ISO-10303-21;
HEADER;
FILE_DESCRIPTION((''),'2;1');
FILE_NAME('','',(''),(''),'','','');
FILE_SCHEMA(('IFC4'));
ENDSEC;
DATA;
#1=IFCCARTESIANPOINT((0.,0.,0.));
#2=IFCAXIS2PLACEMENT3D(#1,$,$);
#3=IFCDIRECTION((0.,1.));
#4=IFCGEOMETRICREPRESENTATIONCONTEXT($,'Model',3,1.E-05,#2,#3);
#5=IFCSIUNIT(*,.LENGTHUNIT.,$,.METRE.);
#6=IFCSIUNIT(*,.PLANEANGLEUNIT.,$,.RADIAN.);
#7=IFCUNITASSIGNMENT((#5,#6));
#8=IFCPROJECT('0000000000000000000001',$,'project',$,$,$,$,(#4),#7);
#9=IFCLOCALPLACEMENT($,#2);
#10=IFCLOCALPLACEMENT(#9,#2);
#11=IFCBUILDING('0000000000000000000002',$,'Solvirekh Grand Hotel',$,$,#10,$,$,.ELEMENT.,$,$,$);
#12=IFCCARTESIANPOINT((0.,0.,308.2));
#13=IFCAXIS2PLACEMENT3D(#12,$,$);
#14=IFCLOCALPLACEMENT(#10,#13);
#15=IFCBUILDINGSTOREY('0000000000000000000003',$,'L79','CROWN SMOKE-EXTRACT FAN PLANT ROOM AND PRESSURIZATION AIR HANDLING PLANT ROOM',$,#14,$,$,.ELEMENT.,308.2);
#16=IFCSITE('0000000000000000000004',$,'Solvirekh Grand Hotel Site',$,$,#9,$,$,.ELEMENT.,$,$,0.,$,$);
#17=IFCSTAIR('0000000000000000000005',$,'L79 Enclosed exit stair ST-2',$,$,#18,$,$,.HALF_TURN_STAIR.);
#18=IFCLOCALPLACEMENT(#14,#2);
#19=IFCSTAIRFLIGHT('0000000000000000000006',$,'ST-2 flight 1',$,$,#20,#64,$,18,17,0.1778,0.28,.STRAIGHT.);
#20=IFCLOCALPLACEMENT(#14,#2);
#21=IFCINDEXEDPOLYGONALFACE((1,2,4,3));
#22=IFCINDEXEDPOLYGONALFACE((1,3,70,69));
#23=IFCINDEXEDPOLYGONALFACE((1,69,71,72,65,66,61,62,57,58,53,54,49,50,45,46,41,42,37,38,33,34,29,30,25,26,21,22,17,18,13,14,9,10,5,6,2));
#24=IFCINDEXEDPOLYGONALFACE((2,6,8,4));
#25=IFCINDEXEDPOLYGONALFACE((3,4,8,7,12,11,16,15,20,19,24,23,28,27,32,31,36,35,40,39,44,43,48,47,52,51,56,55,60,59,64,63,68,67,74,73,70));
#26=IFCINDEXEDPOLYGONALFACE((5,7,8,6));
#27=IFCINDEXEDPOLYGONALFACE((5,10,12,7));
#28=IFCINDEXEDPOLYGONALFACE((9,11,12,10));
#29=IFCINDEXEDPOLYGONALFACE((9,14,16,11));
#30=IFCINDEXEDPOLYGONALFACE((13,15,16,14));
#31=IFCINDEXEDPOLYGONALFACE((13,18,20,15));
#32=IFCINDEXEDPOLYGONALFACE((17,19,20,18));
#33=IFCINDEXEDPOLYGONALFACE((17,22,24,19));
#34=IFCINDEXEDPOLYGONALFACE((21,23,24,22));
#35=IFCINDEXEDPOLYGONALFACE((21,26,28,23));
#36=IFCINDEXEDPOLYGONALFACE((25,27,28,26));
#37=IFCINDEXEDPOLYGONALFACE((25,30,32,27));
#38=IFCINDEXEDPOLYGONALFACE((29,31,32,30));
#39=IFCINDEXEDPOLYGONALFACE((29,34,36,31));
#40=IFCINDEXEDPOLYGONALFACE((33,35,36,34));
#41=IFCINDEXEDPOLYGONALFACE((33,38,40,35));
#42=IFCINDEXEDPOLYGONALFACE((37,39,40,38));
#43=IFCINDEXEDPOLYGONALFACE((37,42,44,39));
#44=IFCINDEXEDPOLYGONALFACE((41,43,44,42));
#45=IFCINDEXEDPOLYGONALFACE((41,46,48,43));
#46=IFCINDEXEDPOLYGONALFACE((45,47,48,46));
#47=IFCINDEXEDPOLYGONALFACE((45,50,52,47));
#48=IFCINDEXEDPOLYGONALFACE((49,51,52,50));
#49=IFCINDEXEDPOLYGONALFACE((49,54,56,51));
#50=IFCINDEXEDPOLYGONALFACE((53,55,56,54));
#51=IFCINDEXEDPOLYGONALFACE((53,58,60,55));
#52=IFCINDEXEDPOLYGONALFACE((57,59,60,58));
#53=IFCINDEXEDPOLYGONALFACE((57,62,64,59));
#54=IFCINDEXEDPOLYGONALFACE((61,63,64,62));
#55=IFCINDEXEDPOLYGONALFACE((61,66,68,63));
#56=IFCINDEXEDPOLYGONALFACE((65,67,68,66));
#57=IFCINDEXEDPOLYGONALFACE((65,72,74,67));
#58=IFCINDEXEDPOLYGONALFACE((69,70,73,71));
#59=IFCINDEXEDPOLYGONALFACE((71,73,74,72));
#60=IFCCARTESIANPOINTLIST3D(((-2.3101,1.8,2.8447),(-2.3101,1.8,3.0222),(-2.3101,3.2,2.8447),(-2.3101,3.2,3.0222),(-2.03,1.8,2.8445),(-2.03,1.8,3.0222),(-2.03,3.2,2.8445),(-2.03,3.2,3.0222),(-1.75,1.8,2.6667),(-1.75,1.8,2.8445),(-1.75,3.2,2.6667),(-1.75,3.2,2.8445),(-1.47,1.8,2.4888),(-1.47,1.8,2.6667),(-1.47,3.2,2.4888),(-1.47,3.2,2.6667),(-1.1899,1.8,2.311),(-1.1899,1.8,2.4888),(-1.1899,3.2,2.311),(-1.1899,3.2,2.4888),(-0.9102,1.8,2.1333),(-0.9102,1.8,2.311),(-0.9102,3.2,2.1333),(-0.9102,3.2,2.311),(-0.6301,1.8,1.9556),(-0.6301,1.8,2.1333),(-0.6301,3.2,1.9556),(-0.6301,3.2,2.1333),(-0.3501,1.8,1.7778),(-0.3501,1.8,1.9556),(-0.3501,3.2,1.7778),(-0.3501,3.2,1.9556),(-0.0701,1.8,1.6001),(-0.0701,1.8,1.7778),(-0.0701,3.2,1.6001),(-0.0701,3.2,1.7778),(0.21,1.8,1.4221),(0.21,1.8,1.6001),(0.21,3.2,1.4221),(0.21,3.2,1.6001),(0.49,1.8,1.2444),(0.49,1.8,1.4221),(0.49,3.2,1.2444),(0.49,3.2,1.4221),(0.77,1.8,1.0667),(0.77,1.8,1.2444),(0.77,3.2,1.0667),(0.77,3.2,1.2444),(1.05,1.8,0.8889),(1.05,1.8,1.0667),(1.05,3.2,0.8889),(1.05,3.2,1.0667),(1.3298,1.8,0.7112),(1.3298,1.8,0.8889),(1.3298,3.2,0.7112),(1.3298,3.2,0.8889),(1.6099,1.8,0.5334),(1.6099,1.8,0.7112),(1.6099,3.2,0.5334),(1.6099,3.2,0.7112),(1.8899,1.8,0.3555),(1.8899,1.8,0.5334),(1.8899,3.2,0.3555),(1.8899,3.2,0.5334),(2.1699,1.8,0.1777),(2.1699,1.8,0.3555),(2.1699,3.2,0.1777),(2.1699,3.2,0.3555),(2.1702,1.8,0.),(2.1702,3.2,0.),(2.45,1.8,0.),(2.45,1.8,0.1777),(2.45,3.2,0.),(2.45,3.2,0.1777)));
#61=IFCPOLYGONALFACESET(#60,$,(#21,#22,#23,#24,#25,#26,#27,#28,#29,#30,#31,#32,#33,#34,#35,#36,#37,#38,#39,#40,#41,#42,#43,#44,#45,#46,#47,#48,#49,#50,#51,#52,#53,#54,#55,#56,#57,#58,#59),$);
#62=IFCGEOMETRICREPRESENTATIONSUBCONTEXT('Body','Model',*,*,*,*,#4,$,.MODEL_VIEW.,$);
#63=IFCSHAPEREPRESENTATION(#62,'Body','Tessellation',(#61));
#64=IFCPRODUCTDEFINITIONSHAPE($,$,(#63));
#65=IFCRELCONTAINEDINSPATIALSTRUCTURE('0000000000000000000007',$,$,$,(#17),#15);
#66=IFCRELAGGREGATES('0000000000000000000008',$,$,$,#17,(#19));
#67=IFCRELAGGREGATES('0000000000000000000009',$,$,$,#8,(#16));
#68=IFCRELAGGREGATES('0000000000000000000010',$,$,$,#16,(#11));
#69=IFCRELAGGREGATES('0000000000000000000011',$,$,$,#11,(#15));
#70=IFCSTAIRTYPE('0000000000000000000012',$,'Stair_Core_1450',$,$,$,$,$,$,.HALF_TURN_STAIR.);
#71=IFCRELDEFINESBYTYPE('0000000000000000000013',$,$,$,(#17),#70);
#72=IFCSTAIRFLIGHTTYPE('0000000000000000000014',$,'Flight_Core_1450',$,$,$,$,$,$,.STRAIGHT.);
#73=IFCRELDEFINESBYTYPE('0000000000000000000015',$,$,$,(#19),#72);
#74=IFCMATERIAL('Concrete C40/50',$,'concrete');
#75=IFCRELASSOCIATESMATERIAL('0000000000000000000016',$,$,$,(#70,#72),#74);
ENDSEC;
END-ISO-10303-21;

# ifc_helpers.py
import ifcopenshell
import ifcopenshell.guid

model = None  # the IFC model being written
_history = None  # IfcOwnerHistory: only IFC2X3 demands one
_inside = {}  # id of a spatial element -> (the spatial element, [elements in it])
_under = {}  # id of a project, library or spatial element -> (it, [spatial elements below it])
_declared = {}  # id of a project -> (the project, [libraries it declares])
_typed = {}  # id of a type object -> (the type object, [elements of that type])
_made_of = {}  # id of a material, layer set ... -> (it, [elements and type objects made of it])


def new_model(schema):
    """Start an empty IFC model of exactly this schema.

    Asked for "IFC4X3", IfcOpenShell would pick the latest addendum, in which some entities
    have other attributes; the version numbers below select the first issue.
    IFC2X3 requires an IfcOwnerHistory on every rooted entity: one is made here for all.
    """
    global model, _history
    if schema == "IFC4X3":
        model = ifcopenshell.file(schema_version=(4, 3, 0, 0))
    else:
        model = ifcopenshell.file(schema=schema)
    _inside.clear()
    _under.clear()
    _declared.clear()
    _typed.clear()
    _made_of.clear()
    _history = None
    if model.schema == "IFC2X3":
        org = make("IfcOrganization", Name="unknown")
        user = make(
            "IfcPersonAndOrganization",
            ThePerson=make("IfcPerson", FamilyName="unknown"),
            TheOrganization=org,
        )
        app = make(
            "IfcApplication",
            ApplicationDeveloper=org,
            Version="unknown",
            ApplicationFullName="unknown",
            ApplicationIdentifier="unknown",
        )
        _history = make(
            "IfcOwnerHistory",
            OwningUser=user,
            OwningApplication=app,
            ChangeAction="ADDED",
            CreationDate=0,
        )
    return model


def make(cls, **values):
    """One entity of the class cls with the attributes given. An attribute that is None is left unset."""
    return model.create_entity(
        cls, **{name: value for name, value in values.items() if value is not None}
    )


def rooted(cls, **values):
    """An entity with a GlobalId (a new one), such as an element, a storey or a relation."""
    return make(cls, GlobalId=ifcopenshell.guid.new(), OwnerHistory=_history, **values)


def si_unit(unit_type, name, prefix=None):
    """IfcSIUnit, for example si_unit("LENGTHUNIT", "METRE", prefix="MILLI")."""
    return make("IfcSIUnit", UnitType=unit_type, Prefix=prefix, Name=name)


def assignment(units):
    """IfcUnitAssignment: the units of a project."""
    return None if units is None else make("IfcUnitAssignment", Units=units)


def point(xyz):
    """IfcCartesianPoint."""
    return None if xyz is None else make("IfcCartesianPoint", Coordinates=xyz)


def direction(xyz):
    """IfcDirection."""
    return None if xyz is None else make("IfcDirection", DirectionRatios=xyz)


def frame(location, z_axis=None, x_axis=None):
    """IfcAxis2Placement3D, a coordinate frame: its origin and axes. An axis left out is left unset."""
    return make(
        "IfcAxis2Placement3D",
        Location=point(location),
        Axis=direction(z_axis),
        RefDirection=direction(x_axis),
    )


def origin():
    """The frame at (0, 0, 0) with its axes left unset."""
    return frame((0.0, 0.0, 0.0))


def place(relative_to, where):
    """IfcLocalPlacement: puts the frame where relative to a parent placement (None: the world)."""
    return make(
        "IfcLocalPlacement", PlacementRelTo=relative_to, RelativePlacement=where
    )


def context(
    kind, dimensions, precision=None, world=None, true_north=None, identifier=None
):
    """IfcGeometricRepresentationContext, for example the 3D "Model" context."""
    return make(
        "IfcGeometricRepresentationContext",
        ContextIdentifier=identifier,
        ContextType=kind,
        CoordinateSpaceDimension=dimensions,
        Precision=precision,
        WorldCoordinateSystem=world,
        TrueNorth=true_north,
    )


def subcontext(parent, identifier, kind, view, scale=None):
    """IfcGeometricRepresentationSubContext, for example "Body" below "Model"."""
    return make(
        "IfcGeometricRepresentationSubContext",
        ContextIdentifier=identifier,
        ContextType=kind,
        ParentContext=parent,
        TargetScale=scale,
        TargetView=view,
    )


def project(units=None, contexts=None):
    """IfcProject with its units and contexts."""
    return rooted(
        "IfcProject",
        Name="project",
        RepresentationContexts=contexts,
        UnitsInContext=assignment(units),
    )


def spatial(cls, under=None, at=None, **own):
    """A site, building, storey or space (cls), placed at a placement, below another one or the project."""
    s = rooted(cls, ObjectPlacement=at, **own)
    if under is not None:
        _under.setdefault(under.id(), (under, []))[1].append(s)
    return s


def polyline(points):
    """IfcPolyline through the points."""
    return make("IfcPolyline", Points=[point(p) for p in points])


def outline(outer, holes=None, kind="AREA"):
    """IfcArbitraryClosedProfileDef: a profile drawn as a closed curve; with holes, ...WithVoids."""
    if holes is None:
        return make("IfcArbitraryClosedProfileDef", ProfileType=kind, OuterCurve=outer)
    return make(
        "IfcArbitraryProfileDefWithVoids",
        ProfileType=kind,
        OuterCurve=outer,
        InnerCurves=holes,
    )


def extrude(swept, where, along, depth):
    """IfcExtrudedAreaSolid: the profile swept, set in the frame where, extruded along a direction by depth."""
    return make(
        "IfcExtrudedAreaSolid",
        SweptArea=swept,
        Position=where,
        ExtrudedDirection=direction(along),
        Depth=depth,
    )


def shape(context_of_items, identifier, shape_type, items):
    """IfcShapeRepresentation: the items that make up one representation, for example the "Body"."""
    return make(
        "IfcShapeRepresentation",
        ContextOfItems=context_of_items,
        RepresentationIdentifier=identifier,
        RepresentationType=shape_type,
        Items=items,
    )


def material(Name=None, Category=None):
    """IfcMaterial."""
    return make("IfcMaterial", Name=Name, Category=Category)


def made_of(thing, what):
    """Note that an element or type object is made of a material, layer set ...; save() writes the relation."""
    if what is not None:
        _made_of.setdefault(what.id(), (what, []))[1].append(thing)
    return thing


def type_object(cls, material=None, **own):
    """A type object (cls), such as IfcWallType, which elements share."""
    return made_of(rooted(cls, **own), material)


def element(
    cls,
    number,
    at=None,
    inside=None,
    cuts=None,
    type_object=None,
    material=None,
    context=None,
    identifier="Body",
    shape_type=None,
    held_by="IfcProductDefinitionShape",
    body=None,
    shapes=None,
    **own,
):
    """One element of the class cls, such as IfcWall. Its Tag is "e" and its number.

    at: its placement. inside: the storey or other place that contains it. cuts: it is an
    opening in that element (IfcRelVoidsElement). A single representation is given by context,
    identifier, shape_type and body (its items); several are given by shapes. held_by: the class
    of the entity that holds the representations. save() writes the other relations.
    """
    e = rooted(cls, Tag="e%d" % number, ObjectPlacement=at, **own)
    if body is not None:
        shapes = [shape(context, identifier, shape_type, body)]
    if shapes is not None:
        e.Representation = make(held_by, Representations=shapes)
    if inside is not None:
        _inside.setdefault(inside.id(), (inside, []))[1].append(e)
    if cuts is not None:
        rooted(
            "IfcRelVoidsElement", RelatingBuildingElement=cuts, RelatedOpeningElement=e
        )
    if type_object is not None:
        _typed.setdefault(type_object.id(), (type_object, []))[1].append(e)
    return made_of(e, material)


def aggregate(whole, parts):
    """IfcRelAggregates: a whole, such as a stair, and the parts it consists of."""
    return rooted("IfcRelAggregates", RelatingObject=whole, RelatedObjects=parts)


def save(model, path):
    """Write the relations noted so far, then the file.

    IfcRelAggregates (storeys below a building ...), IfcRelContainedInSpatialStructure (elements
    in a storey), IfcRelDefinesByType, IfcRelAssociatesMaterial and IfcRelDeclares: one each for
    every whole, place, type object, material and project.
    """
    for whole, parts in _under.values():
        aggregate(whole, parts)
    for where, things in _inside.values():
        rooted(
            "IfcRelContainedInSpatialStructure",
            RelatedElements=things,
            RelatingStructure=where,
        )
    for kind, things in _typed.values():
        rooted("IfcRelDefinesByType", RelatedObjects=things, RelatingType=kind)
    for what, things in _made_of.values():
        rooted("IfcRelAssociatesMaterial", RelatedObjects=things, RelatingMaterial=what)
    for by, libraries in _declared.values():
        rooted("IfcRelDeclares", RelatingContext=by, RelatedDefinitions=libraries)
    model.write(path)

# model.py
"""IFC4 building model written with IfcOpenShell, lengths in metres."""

from ifc_helpers import new_model, si_unit, direction, frame, origin, place, context, subcontext, project, spatial, polyline, outline, extrude, material, type_object, element, aggregate, save


model = new_model("IFC4")

# Units and contexts
model_context = context("Model", 3, precision=1e-05, world=origin(), true_north=direction((0.0, 1.0)))
body_context = subcontext(model_context, "Body", "Model", "MODEL_VIEW")
ifc_project = project(units=[si_unit("LENGTHUNIT", "METRE"), si_unit("PLANEANGLEUNIT", "RADIAN")], contexts=[model_context])

# Site, building, storey
site_placement = place(None, origin())
site = spatial("IfcSite", under=ifc_project, at=site_placement, Name="Solvirekh Grand Hotel Site", CompositionType="ELEMENT", RefElevation=0.0)
building_placement = place(site_placement, origin())
building = spatial("IfcBuilding", under=site, at=building_placement, Name="Solvirekh Grand Hotel", CompositionType="ELEMENT")
storey_placement = place(building_placement, frame((0.0, 0.0, 308.2)))
storey = spatial("IfcBuildingStorey", under=building, at=storey_placement, Name="L79", Description="CROWN SMOKE-EXTRACT FAN PLANT ROOM AND PRESSURIZATION AIR HANDLING PLANT ROOM", CompositionType="ELEMENT", Elevation=308.2)

# Stair
ifc_material_1 = material(Name="Concrete C40/50", Category="concrete")
stair_type = type_object("IfcStairType", Name="Stair_Core_1450", PredefinedType="HALF_TURN_STAIR", material=ifc_material_1)
stair_1_placement = place(storey_placement, origin())
stair_1 = element("IfcStair", 1, at=stair_1_placement, inside=storey, type_object=stair_type, Name="L79 Enclosed exit stair ST-2", PredefinedType="HALF_TURN_STAIR")

# Stair flight
stair_flight_type = type_object("IfcStairFlightType", Name="Flight_Core_1450", PredefinedType="STRAIGHT", material=ifc_material_1)
stair_flight_placement = place(storey_placement, frame((2.45, 2.5, 0.0), z_axis=(0.0, 0.0, 1.0), x_axis=(-1.0, 0.0, 0.0)))
stair_flight = element("IfcStairFlight", 2, at=stair_flight_placement, type_object=stair_flight_type, Name="ST-2 flight 1", NumberOfRisers=18, NumberOfTreads=17, PredefinedType="STRAIGHT", RiserHeight=0.1778, TreadLength=0.28, context=body_context, shape_type="SweptSolid", body=[
    extrude(outline(polyline([(0.0, 0.0), (0.0, 0.1777), (0.28, 0.1777), (0.28, 0.3555), (0.5601, 0.3555), (0.5601, 0.5334), (0.8401, 0.5334), (0.8401, 0.7112), (1.1201, 0.7112), (1.1201, 0.8889), (1.3999, 0.8889), (1.3999, 1.0667), (1.6799, 1.0667), (1.6799, 1.2444), (1.96, 1.2444), (1.96, 1.4221), (2.24, 1.4221), (2.24, 1.6001), (2.52, 1.6001), (2.52, 1.7778), (2.8, 1.7778), (2.8, 1.9556), (3.0801, 1.9556), (3.0801, 2.1333), (3.3601, 2.1333), (3.3601, 2.311), (3.6399, 2.311), (3.6399, 2.4888), (3.9199, 2.4888), (3.9199, 2.6667), (4.2, 2.6667), (4.2, 2.8445), (4.48, 2.8445), (4.48, 3.0222), (4.76, 3.0222), (4.76, 3.2), (4.76, 2.8447), (0.2798, 0.0), (0.0, 0.0)])), frame((0.0, 0.7, 0.0), z_axis=(0.0, -1.0, 0.0), x_axis=(1.0, 0.0, 0.0)), (0.0, 0.0, 1.0), 1.3999),
])
aggregate(stair_1, [stair_flight])

save(model, "model.ifc")
